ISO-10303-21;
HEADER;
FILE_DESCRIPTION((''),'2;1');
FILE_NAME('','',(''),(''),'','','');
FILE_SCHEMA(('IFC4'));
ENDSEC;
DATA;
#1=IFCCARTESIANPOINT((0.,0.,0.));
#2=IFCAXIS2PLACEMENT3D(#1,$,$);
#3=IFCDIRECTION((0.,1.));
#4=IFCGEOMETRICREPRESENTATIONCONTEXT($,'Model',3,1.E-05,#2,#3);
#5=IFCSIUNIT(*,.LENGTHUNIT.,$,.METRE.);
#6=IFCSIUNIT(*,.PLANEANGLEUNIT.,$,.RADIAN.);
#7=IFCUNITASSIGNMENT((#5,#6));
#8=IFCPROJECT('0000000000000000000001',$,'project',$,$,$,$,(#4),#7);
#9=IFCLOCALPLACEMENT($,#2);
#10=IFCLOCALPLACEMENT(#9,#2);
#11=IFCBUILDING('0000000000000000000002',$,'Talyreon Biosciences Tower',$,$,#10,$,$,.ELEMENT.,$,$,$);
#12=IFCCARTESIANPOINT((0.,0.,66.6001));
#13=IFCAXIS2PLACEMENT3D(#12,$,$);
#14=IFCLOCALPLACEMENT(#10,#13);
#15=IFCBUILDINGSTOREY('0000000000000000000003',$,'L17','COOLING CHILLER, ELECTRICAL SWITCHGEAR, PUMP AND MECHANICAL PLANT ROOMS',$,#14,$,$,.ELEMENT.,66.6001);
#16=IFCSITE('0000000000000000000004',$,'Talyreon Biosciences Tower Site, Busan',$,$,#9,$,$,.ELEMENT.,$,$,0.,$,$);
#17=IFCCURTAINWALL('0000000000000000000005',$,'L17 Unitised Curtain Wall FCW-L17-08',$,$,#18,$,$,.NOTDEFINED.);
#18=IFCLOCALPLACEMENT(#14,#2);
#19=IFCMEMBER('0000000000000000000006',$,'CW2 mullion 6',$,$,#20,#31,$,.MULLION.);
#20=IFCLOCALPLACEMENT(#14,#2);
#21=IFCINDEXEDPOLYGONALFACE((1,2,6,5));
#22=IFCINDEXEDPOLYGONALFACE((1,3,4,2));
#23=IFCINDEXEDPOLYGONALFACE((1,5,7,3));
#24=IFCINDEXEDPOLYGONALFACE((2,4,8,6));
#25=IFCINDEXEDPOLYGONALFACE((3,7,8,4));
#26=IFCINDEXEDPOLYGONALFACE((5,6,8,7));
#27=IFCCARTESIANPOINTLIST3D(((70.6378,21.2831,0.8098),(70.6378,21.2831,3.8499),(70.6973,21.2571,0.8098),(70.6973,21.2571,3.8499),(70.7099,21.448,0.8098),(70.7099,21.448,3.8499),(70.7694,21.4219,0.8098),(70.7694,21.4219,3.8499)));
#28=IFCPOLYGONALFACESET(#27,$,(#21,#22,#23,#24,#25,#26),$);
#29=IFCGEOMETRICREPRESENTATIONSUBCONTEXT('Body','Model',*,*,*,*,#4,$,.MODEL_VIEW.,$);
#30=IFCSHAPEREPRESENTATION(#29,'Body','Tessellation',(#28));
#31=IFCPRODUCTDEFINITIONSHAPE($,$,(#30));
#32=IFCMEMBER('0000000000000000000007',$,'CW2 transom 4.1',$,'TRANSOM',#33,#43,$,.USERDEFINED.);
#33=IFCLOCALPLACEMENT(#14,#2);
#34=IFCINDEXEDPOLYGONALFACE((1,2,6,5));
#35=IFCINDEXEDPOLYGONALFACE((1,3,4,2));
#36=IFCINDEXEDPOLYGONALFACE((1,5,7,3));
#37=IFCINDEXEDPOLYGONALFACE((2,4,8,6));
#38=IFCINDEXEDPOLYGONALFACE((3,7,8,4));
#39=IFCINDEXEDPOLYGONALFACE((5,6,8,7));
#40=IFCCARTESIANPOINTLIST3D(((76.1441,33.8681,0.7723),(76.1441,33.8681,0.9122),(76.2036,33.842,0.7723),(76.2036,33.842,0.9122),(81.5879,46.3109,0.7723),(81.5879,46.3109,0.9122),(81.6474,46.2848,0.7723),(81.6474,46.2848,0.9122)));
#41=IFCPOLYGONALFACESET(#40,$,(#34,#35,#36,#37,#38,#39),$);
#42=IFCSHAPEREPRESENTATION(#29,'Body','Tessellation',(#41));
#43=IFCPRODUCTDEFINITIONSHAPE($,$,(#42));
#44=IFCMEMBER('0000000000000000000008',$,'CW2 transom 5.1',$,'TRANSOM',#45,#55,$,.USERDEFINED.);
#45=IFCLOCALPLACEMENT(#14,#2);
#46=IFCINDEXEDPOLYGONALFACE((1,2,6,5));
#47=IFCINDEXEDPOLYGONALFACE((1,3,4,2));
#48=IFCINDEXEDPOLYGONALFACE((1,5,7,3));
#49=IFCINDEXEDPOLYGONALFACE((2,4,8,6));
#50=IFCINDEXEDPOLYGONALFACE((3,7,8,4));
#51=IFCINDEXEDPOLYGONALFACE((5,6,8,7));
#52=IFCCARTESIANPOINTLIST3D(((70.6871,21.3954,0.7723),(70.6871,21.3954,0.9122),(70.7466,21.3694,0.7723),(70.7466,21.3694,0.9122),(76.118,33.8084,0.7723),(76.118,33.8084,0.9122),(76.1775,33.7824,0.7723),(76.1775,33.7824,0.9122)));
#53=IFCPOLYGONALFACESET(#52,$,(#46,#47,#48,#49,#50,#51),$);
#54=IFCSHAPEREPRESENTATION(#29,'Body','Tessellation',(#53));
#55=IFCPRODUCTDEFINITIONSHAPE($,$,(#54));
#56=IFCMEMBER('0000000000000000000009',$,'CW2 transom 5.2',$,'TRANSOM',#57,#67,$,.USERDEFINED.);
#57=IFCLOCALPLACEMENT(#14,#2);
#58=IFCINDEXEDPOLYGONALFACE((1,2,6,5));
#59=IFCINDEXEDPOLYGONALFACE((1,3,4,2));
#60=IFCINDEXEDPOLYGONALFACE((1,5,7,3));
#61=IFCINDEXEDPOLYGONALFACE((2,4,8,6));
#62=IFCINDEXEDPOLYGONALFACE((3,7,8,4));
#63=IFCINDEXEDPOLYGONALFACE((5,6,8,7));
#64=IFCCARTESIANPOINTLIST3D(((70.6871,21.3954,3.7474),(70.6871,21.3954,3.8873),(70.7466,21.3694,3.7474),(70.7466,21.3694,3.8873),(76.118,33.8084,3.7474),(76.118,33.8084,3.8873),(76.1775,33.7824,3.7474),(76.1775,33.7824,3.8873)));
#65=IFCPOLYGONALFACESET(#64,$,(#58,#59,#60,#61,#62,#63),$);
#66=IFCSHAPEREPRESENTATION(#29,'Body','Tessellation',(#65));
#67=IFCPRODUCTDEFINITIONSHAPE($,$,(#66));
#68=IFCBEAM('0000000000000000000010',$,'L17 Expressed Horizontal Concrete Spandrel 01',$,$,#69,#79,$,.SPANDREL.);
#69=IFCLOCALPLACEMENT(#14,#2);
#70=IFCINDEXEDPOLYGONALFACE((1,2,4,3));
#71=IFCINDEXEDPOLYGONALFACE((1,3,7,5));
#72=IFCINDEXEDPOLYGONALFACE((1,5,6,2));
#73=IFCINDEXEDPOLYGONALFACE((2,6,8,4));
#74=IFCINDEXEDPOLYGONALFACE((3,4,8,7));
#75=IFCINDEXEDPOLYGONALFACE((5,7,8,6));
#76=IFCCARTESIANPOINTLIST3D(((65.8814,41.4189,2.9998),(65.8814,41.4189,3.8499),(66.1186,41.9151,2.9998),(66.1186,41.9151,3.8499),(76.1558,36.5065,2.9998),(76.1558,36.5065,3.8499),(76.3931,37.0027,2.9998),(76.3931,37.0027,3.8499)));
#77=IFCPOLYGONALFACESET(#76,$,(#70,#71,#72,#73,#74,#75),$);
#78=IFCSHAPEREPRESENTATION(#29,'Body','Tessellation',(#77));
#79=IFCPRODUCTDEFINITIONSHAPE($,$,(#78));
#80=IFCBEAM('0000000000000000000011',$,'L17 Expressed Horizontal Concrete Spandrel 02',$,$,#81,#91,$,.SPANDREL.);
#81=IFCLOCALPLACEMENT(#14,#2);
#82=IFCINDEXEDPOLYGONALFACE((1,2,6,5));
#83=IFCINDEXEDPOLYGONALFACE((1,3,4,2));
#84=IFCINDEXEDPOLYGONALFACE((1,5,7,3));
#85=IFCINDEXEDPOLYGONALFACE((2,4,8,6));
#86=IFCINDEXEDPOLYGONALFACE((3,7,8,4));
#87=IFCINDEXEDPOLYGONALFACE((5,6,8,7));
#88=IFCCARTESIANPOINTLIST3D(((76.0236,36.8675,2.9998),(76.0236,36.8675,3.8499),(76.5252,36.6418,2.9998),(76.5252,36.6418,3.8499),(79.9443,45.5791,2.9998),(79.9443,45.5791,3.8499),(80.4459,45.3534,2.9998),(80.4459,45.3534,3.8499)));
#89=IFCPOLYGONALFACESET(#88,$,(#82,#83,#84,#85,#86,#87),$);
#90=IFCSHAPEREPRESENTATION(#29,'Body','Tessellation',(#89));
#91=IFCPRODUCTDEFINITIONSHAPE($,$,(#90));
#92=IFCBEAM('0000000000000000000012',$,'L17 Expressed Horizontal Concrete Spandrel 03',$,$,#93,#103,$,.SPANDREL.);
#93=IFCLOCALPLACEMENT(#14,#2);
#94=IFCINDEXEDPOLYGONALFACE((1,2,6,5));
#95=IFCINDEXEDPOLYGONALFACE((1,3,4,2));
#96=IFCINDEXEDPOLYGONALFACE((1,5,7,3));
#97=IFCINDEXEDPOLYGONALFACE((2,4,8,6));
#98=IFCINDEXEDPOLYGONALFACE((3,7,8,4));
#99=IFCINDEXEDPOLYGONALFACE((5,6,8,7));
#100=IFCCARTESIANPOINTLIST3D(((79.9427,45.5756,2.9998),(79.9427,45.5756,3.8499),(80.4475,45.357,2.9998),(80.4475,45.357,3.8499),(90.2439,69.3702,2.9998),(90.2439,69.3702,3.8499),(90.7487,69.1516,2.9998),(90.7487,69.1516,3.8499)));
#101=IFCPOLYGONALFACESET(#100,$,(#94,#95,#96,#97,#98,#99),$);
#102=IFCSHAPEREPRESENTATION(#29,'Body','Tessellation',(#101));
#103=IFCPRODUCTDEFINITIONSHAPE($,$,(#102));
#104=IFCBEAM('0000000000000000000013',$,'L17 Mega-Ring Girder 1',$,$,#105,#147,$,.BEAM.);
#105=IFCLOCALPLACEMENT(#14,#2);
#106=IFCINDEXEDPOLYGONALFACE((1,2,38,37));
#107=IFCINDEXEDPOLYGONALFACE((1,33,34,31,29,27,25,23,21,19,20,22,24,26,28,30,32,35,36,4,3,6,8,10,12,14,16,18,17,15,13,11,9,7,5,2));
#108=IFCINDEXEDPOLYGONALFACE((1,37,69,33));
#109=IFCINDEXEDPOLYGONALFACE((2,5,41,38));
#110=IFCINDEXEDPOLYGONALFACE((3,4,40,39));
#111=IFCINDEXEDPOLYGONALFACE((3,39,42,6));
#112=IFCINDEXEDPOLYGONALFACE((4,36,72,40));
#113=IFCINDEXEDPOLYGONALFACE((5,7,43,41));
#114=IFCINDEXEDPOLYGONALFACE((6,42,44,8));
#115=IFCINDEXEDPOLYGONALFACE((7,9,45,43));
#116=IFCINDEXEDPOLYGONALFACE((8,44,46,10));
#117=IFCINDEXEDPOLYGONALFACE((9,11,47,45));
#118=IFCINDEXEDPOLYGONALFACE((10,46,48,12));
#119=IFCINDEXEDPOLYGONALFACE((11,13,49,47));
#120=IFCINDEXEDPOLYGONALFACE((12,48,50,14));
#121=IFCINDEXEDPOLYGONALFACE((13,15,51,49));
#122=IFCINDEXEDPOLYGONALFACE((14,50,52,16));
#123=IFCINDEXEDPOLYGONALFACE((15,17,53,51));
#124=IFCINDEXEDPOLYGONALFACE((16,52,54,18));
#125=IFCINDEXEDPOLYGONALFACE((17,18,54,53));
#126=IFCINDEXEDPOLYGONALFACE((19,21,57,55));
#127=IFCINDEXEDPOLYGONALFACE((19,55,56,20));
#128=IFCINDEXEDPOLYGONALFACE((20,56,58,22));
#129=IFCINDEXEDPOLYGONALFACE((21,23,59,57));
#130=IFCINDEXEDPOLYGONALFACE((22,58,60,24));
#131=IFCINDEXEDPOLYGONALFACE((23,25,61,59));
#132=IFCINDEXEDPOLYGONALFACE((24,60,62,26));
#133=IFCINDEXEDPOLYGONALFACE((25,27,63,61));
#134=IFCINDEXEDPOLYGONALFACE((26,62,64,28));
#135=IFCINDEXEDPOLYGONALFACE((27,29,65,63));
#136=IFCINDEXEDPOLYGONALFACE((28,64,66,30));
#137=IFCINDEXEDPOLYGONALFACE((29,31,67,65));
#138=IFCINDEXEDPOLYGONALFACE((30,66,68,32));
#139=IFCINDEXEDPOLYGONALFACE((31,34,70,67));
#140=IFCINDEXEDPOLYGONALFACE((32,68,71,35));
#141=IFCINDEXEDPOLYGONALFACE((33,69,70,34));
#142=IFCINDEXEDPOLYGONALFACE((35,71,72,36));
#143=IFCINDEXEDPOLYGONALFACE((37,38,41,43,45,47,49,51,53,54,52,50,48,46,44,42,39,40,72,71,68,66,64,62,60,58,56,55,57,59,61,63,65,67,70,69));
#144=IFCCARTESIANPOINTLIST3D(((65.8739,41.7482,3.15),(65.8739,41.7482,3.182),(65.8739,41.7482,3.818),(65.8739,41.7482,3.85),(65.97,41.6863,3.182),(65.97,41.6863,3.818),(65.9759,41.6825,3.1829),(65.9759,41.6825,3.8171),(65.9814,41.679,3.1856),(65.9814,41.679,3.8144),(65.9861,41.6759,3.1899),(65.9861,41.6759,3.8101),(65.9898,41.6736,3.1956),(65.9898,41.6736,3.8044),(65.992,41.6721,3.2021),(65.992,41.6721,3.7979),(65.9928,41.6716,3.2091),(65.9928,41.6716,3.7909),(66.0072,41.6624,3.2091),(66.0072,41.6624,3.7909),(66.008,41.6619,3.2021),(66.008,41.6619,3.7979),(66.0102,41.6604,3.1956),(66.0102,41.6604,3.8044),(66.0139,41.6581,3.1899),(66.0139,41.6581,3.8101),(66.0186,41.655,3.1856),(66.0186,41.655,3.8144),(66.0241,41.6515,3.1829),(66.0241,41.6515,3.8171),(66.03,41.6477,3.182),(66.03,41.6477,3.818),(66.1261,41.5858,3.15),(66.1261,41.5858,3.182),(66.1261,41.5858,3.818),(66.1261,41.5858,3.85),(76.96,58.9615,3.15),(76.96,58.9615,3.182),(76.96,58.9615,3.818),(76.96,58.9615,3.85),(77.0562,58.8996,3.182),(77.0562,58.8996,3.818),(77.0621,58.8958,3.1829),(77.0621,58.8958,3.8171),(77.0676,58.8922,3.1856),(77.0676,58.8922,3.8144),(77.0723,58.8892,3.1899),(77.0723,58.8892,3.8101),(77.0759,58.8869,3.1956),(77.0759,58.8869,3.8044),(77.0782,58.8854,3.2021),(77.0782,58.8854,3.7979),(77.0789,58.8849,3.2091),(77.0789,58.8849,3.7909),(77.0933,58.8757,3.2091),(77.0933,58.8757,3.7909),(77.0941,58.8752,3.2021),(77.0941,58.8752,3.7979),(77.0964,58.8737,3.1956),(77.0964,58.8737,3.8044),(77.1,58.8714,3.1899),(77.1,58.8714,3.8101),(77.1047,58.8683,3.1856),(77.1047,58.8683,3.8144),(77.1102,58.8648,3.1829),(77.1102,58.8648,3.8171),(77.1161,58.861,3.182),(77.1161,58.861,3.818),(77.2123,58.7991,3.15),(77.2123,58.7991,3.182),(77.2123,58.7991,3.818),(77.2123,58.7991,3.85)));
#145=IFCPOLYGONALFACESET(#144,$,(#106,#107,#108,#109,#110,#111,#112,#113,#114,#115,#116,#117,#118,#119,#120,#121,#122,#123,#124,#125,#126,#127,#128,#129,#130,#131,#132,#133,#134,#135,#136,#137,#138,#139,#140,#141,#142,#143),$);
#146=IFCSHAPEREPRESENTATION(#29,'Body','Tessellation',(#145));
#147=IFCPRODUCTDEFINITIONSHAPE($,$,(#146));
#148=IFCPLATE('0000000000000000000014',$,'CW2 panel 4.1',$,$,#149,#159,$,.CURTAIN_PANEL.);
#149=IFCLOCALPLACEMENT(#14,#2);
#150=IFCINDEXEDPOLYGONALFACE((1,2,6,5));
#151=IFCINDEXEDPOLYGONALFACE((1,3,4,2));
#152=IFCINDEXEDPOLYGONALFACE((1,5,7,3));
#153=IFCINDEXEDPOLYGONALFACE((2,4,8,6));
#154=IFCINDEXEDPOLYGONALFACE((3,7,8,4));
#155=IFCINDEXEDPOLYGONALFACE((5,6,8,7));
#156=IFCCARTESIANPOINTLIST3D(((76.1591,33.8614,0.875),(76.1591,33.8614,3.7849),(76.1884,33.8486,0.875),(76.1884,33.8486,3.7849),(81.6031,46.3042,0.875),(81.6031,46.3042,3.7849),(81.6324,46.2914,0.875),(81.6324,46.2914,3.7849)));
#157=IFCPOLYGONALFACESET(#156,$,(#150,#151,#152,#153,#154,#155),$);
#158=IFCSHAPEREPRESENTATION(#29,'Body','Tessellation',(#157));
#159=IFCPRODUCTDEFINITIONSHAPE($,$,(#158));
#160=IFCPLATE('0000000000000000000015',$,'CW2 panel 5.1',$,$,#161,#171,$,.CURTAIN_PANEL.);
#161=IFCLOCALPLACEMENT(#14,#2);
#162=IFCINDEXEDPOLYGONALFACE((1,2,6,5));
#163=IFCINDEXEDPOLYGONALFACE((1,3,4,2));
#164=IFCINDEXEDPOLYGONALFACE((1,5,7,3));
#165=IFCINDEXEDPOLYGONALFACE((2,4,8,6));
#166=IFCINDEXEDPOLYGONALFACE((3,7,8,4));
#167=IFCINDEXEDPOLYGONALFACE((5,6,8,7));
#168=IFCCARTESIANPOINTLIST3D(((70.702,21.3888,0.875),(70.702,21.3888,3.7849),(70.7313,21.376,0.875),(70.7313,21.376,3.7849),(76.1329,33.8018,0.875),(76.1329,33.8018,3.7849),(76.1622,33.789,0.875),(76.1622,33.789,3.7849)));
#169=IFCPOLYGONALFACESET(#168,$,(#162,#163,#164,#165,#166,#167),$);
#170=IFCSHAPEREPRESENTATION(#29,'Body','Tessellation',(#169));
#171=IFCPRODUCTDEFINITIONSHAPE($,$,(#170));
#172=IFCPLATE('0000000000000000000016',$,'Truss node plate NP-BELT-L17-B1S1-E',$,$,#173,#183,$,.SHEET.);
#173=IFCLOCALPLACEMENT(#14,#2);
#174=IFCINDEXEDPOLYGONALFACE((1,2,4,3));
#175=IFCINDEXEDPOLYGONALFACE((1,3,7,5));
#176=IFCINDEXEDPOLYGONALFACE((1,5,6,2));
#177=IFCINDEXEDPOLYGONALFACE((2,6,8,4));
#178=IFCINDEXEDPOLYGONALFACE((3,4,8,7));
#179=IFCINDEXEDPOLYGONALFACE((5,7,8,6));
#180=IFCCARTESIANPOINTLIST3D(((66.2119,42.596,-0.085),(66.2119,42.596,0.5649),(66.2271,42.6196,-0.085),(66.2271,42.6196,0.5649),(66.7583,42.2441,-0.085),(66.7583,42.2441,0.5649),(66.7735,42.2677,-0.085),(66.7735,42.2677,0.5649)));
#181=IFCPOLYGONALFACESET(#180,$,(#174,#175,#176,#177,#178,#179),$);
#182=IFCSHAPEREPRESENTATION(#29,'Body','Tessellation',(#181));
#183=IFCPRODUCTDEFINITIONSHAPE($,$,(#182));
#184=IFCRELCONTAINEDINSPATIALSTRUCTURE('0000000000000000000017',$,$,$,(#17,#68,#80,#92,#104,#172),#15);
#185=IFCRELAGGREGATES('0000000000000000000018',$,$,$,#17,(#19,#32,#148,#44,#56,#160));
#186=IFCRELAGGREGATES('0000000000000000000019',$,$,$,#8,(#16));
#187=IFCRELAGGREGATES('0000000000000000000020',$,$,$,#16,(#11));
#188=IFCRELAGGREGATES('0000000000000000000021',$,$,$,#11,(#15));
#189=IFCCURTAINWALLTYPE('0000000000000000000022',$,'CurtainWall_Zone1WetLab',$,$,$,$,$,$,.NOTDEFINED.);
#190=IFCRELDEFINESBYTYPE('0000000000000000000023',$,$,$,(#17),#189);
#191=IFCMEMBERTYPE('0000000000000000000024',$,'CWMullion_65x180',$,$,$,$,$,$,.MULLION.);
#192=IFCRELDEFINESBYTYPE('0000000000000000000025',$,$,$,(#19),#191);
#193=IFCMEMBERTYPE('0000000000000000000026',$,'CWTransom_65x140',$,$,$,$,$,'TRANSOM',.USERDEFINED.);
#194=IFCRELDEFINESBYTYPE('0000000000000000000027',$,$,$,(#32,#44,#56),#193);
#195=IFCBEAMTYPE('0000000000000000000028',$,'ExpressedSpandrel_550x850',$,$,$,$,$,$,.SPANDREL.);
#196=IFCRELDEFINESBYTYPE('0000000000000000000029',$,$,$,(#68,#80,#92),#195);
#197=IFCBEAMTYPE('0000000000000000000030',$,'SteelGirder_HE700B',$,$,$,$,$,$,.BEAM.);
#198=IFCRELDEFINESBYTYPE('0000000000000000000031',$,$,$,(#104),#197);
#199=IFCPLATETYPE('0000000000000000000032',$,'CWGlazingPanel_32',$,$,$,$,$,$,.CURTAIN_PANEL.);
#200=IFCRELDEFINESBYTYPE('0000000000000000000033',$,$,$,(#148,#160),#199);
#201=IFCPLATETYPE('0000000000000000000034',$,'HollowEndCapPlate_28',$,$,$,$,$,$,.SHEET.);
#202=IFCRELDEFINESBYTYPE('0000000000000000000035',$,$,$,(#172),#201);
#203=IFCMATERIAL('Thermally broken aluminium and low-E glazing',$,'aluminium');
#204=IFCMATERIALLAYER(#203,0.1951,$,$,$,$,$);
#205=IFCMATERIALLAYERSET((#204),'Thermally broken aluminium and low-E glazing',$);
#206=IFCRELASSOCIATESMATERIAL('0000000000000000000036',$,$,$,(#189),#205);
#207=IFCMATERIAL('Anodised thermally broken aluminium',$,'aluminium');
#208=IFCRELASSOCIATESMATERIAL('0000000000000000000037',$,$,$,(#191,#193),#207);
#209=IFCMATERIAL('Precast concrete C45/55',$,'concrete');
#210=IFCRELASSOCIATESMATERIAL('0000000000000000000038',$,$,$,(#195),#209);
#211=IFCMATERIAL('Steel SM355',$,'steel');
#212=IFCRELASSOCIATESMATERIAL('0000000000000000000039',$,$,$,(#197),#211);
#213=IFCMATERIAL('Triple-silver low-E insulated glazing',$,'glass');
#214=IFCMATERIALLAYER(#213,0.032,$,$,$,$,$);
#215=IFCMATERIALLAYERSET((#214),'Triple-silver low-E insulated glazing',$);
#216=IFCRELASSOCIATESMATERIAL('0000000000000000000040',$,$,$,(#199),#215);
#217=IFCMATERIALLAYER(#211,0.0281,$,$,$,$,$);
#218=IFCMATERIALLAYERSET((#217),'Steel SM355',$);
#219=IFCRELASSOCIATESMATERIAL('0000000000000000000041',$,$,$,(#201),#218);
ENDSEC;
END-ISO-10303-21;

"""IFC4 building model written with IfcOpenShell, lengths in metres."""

from ifc_helpers import new_model, si_unit, direction, frame, origin, origin_2d, place, context, subcontext, project, spatial, rectangle, i_section, extrude, material, layer, layer_set, material_profile, profile_set, type_object, element, aggregate, save


model = new_model("IFC4")

# Units and contexts
model_context = context("Model", 3, precision=1e-05, world=origin(), true_north=direction((0.0, 1.0)))
body_context = subcontext(model_context, "Body", "Model", "MODEL_VIEW")
ifc_project = project(units=[si_unit("LENGTHUNIT", "METRE"), si_unit("PLANEANGLEUNIT", "RADIAN")], contexts=[model_context])

# Site, building, storey
site_placement = place(None, origin())
site = spatial("IfcSite", under=ifc_project, at=site_placement, Name="Talyreon Biosciences Tower Site, Busan", CompositionType="ELEMENT", RefElevation=0.0)
building_placement = place(site_placement, origin())
building = spatial("IfcBuilding", under=site, at=building_placement, Name="Talyreon Biosciences Tower", CompositionType="ELEMENT")
storey_placement = place(building_placement, frame((0.0, 0.0, 66.6001)))
storey = spatial("IfcBuildingStorey", under=building, at=storey_placement, Name="L17", Description="COOLING CHILLER, ELECTRICAL SWITCHGEAR, PUMP AND MECHANICAL PLANT ROOMS", CompositionType="ELEMENT", Elevation=66.6001)

# Shared definitions
ifc_material_1 = material(Name="Precast concrete C45/55", Category="concrete")

# Shared definitions
ifc_material_2 = material(Name="Steel SM355", Category="steel")

# Curtain wall, members
ifc_material_3 = material(Name="Thermally broken aluminium and low-E glazing", Category="aluminium")
ifc_layer_1 = layer(ifc_material_3, 0.1951)
ifc_layer_set_1 = layer_set([ifc_layer_1], Name="Thermally broken aluminium and low-E glazing")
curtain_wall_type = type_object("IfcCurtainWallType", Name="CurtainWall_Zone1WetLab", PredefinedType="NOTDEFINED", material=ifc_layer_set_1)
curtain_wall_placement = place(storey_placement, origin())
curtain_wall = element("IfcCurtainWall", 1, at=curtain_wall_placement, inside=storey, type_object=curtain_wall_type, Name="L17 Unitised Curtain Wall FCW-L17-08", PredefinedType="NOTDEFINED")
ifc_material_4 = material(Name="Anodised thermally broken aluminium", Category="aluminium")
ifc_material_profile_1 = material_profile(ifc_material_4, rectangle(XDim=0.0649, YDim=0.1799, at=origin_2d()), Name="ALUM MULLION 65x180")
ifc_profile_set_1 = profile_set([ifc_material_profile_1], Name="Anodised thermally broken aluminium")
member_type_1 = type_object("IfcMemberType", Name="CWMullion_65x180", PredefinedType="MULLION", material=ifc_profile_set_1)
member_1_placement = place(storey_placement, frame((70.7036, 21.3525, 0.8098), z_axis=(0.0, 0.0, 1.0), x_axis=(0.916152, -0.400831, 0.0)))
member_1 = element("IfcMember", 2, at=member_1_placement, type_object=member_type_1, Name="CW2 mullion 6", PredefinedType="MULLION", context=body_context, shape_type="SweptSolid", body=[
    extrude(rectangle(XDim=0.0649, YDim=0.1799, at=origin_2d()), origin(), (0.0, 0.0, 1.0), 3.04),
])
ifc_material_profile_2 = material_profile(ifc_material_4, rectangle(XDim=0.0649, YDim=0.1399, at=origin_2d()), Name="ALUM TRANSOM 65x140")
ifc_profile_set_2 = profile_set([ifc_material_profile_2], Name="Anodised thermally broken aluminium")
member_type_2 = type_object("IfcMemberType", Name="CWTransom_65x140", ElementType="TRANSOM", PredefinedType="USERDEFINED", material=ifc_profile_set_2)
member_2_placement = place(storey_placement, frame((81.6177, 46.2979, 0.8423), z_axis=(-0.400824, -0.916155, 0.0), x_axis=(0.916155, -0.400824, 0.0)))
member_2 = element("IfcMember", 3, at=member_2_placement, type_object=member_type_2, Name="CW2 transom 4.1", ObjectType="TRANSOM", PredefinedType="USERDEFINED", context=body_context, shape_type="SweptSolid", body=[
    extrude(rectangle(XDim=0.0649, YDim=0.1399, at=origin_2d()), origin(), (0.0, 0.0, 1.0), 13.5815),
])
member_3_placement = place(storey_placement, frame((76.1477, 33.7954, 0.8423), z_axis=(-0.40083, -0.916152, 0.0), x_axis=(0.916152, -0.40083, 0.0)))
member_3 = element("IfcMember", 4, at=member_3_placement, type_object=member_type_2, Name="CW2 transom 5.1", ObjectType="TRANSOM", PredefinedType="USERDEFINED", context=body_context, shape_type="SweptSolid", body=[
    extrude(rectangle(XDim=0.0649, YDim=0.1399, at=origin_2d()), origin(), (0.0, 0.0, 1.0), 13.5491),
])
member_4_placement = place(storey_placement, frame((76.1477, 33.7954, 3.8174), z_axis=(-0.40083, -0.916152, 0.0), x_axis=(0.916152, -0.40083, 0.0)))
member_4 = element("IfcMember", 5, at=member_4_placement, type_object=member_type_2, Name="CW2 transom 5.2", ObjectType="TRANSOM", PredefinedType="USERDEFINED", context=body_context, shape_type="SweptSolid", body=[
    extrude(rectangle(XDim=0.0649, YDim=0.1399, at=origin_2d()), origin(), (0.0, 0.0, 1.0), 13.5491),
])

# Beams
ifc_material_profile_3 = material_profile(ifc_material_1, rectangle(XDim=0.55, YDim=0.8501, at=origin_2d()), Name="RCB 550x850")
ifc_profile_set_3 = profile_set([ifc_material_profile_3], Name="Precast concrete C45/55")
beam_type_1 = type_object("IfcBeamType", Name="ExpressedSpandrel_550x850", PredefinedType="SPANDREL", material=ifc_profile_set_3)
beam_1_placement = place(storey_placement, frame((66.0, 41.667, 3.4248), z_axis=(0.902185, -0.431349, 0.0), x_axis=(0.431349, 0.902185, 0.0)))
element("IfcBeam", 6, at=beam_1_placement, inside=storey, type_object=beam_type_1, Name="L17 Expressed Horizontal Concrete Spandrel 01", PredefinedType="SPANDREL", context=body_context, shape_type="SweptSolid", body=[
    extrude(rectangle(XDim=0.55, YDim=0.8501, at=origin_2d()), origin(), (0.0, 0.0, 1.0), 11.3884),
])
beam_2_placement = place(storey_placement, frame((76.2744, 36.7546, 3.4248), z_axis=(0.4104, 0.911906, 0.0), x_axis=(-0.911906, 0.4104, 0.0)))
element("IfcBeam", 7, at=beam_2_placement, inside=storey, type_object=beam_type_1, Name="L17 Expressed Horizontal Concrete Spandrel 02", PredefinedType="SPANDREL", context=body_context, shape_type="SweptSolid", body=[
    extrude(rectangle(XDim=0.55, YDim=0.8501, at=origin_2d()), origin(), (0.0, 0.0, 1.0), 9.5532),
])
beam_3_placement = place(storey_placement, frame((80.1951, 45.4663, 3.4248), z_axis=(0.397291, 0.917693, 0.0), x_axis=(-0.917693, 0.397291, 0.0)))
element("IfcBeam", 8, at=beam_3_placement, inside=storey, type_object=beam_type_1, Name="L17 Expressed Horizontal Concrete Spandrel 03", PredefinedType="SPANDREL", context=body_context, shape_type="SweptSolid", body=[
    extrude(rectangle(XDim=0.55, YDim=0.8501, at=origin_2d()), origin(), (0.0, 0.0, 1.0), 25.9287),
])
ifc_material_profile_4 = material_profile(ifc_material_2, i_section(OverallWidth=0.3, OverallDepth=0.7, WebThickness=0.0171, FlangeThickness=0.032, FilletRadius=0.0271, at=origin_2d()), Name="HE700B")
ifc_profile_set_4 = profile_set([ifc_material_profile_4], Name="Steel SM355")
beam_type_2 = type_object("IfcBeamType", Name="SteelGirder_HE700B", PredefinedType="BEAM", material=ifc_profile_set_4)
beam_4_placement = place(storey_placement, frame((66.0, 41.667, 3.5), z_axis=(0.541464, 0.840724, 0.0), x_axis=(-0.840724, 0.541464, 0.0)))
element("IfcBeam", 9, at=beam_4_placement, inside=storey, type_object=beam_type_2, Name="L17 Mega-Ring Girder 1", PredefinedType="BEAM", context=body_context, shape_type="SweptSolid", body=[
    extrude(i_section(OverallWidth=0.3, OverallDepth=0.7, WebThickness=0.0171, FlangeThickness=0.032, FilletRadius=0.0271, at=origin_2d()), origin(), (0.0, 0.0, 1.0), 20.4744),
])

# Plates
ifc_material_5 = material(Name="Triple-silver low-E insulated glazing", Category="glass")
ifc_layer_2 = layer(ifc_material_5, 0.032)
ifc_layer_set_2 = layer_set([ifc_layer_2], Name="Triple-silver low-E insulated glazing")
plate_type_1 = type_object("IfcPlateType", Name="CWGlazingPanel_32", PredefinedType="CURTAIN_PANEL", material=ifc_layer_set_2)
plate_1_placement = place(storey_placement, frame((78.8958, 40.0764, 0.875), z_axis=(0.0, 0.0, 1.0), x_axis=(-0.400831, -0.916152, 0.0)))
plate_1 = element("IfcPlate", 10, at=plate_1_placement, type_object=plate_type_1, Name="CW2 panel 4.1", PredefinedType="CURTAIN_PANEL", context=body_context, shape_type="SweptSolid", body=[
    extrude(rectangle(XDim=13.5815, YDim=0.032, at=origin_2d()), origin(), (0.0, 0.0, 1.0), 2.9099),
])
plate_2_placement = place(storey_placement, frame((73.4321, 27.5889, 0.875), z_axis=(0.0, 0.0, 1.0), x_axis=(-0.400831, -0.916152, 0.0)))
plate_2 = element("IfcPlate", 11, at=plate_2_placement, type_object=plate_type_1, Name="CW2 panel 5.1", PredefinedType="CURTAIN_PANEL", context=body_context, shape_type="SweptSolid", body=[
    extrude(rectangle(XDim=13.5491, YDim=0.032, at=origin_2d()), origin(), (0.0, 0.0, 1.0), 2.9099),
])
aggregate(curtain_wall, [member_1, member_2, plate_1, member_3, member_4, plate_2])
ifc_layer_3 = layer(ifc_material_2, 0.0281)
ifc_layer_set_3 = layer_set([ifc_layer_3], Name="Steel SM355")
plate_type_2 = type_object("IfcPlateType", Name="HollowEndCapPlate_28", PredefinedType="SHEET", material=ifc_layer_set_3)
plate_3_placement = place(storey_placement, frame((66.4927, 42.4319, -0.085), z_axis=(0.0, 0.0, 1.0), x_axis=(-0.840727, 0.541459, 0.0)))
element("IfcPlate", 12, at=plate_3_placement, inside=storey, type_object=plate_type_2, Name="Truss node plate NP-BELT-L17-B1S1-E", PredefinedType="SHEET", context=body_context, shape_type="SweptSolid", body=[
    extrude(rectangle(XDim=0.6499, YDim=0.0281, at=origin_2d()), origin(), (0.0, 0.0, 1.0), 0.6499),
])

save(model, "model.ifc")
